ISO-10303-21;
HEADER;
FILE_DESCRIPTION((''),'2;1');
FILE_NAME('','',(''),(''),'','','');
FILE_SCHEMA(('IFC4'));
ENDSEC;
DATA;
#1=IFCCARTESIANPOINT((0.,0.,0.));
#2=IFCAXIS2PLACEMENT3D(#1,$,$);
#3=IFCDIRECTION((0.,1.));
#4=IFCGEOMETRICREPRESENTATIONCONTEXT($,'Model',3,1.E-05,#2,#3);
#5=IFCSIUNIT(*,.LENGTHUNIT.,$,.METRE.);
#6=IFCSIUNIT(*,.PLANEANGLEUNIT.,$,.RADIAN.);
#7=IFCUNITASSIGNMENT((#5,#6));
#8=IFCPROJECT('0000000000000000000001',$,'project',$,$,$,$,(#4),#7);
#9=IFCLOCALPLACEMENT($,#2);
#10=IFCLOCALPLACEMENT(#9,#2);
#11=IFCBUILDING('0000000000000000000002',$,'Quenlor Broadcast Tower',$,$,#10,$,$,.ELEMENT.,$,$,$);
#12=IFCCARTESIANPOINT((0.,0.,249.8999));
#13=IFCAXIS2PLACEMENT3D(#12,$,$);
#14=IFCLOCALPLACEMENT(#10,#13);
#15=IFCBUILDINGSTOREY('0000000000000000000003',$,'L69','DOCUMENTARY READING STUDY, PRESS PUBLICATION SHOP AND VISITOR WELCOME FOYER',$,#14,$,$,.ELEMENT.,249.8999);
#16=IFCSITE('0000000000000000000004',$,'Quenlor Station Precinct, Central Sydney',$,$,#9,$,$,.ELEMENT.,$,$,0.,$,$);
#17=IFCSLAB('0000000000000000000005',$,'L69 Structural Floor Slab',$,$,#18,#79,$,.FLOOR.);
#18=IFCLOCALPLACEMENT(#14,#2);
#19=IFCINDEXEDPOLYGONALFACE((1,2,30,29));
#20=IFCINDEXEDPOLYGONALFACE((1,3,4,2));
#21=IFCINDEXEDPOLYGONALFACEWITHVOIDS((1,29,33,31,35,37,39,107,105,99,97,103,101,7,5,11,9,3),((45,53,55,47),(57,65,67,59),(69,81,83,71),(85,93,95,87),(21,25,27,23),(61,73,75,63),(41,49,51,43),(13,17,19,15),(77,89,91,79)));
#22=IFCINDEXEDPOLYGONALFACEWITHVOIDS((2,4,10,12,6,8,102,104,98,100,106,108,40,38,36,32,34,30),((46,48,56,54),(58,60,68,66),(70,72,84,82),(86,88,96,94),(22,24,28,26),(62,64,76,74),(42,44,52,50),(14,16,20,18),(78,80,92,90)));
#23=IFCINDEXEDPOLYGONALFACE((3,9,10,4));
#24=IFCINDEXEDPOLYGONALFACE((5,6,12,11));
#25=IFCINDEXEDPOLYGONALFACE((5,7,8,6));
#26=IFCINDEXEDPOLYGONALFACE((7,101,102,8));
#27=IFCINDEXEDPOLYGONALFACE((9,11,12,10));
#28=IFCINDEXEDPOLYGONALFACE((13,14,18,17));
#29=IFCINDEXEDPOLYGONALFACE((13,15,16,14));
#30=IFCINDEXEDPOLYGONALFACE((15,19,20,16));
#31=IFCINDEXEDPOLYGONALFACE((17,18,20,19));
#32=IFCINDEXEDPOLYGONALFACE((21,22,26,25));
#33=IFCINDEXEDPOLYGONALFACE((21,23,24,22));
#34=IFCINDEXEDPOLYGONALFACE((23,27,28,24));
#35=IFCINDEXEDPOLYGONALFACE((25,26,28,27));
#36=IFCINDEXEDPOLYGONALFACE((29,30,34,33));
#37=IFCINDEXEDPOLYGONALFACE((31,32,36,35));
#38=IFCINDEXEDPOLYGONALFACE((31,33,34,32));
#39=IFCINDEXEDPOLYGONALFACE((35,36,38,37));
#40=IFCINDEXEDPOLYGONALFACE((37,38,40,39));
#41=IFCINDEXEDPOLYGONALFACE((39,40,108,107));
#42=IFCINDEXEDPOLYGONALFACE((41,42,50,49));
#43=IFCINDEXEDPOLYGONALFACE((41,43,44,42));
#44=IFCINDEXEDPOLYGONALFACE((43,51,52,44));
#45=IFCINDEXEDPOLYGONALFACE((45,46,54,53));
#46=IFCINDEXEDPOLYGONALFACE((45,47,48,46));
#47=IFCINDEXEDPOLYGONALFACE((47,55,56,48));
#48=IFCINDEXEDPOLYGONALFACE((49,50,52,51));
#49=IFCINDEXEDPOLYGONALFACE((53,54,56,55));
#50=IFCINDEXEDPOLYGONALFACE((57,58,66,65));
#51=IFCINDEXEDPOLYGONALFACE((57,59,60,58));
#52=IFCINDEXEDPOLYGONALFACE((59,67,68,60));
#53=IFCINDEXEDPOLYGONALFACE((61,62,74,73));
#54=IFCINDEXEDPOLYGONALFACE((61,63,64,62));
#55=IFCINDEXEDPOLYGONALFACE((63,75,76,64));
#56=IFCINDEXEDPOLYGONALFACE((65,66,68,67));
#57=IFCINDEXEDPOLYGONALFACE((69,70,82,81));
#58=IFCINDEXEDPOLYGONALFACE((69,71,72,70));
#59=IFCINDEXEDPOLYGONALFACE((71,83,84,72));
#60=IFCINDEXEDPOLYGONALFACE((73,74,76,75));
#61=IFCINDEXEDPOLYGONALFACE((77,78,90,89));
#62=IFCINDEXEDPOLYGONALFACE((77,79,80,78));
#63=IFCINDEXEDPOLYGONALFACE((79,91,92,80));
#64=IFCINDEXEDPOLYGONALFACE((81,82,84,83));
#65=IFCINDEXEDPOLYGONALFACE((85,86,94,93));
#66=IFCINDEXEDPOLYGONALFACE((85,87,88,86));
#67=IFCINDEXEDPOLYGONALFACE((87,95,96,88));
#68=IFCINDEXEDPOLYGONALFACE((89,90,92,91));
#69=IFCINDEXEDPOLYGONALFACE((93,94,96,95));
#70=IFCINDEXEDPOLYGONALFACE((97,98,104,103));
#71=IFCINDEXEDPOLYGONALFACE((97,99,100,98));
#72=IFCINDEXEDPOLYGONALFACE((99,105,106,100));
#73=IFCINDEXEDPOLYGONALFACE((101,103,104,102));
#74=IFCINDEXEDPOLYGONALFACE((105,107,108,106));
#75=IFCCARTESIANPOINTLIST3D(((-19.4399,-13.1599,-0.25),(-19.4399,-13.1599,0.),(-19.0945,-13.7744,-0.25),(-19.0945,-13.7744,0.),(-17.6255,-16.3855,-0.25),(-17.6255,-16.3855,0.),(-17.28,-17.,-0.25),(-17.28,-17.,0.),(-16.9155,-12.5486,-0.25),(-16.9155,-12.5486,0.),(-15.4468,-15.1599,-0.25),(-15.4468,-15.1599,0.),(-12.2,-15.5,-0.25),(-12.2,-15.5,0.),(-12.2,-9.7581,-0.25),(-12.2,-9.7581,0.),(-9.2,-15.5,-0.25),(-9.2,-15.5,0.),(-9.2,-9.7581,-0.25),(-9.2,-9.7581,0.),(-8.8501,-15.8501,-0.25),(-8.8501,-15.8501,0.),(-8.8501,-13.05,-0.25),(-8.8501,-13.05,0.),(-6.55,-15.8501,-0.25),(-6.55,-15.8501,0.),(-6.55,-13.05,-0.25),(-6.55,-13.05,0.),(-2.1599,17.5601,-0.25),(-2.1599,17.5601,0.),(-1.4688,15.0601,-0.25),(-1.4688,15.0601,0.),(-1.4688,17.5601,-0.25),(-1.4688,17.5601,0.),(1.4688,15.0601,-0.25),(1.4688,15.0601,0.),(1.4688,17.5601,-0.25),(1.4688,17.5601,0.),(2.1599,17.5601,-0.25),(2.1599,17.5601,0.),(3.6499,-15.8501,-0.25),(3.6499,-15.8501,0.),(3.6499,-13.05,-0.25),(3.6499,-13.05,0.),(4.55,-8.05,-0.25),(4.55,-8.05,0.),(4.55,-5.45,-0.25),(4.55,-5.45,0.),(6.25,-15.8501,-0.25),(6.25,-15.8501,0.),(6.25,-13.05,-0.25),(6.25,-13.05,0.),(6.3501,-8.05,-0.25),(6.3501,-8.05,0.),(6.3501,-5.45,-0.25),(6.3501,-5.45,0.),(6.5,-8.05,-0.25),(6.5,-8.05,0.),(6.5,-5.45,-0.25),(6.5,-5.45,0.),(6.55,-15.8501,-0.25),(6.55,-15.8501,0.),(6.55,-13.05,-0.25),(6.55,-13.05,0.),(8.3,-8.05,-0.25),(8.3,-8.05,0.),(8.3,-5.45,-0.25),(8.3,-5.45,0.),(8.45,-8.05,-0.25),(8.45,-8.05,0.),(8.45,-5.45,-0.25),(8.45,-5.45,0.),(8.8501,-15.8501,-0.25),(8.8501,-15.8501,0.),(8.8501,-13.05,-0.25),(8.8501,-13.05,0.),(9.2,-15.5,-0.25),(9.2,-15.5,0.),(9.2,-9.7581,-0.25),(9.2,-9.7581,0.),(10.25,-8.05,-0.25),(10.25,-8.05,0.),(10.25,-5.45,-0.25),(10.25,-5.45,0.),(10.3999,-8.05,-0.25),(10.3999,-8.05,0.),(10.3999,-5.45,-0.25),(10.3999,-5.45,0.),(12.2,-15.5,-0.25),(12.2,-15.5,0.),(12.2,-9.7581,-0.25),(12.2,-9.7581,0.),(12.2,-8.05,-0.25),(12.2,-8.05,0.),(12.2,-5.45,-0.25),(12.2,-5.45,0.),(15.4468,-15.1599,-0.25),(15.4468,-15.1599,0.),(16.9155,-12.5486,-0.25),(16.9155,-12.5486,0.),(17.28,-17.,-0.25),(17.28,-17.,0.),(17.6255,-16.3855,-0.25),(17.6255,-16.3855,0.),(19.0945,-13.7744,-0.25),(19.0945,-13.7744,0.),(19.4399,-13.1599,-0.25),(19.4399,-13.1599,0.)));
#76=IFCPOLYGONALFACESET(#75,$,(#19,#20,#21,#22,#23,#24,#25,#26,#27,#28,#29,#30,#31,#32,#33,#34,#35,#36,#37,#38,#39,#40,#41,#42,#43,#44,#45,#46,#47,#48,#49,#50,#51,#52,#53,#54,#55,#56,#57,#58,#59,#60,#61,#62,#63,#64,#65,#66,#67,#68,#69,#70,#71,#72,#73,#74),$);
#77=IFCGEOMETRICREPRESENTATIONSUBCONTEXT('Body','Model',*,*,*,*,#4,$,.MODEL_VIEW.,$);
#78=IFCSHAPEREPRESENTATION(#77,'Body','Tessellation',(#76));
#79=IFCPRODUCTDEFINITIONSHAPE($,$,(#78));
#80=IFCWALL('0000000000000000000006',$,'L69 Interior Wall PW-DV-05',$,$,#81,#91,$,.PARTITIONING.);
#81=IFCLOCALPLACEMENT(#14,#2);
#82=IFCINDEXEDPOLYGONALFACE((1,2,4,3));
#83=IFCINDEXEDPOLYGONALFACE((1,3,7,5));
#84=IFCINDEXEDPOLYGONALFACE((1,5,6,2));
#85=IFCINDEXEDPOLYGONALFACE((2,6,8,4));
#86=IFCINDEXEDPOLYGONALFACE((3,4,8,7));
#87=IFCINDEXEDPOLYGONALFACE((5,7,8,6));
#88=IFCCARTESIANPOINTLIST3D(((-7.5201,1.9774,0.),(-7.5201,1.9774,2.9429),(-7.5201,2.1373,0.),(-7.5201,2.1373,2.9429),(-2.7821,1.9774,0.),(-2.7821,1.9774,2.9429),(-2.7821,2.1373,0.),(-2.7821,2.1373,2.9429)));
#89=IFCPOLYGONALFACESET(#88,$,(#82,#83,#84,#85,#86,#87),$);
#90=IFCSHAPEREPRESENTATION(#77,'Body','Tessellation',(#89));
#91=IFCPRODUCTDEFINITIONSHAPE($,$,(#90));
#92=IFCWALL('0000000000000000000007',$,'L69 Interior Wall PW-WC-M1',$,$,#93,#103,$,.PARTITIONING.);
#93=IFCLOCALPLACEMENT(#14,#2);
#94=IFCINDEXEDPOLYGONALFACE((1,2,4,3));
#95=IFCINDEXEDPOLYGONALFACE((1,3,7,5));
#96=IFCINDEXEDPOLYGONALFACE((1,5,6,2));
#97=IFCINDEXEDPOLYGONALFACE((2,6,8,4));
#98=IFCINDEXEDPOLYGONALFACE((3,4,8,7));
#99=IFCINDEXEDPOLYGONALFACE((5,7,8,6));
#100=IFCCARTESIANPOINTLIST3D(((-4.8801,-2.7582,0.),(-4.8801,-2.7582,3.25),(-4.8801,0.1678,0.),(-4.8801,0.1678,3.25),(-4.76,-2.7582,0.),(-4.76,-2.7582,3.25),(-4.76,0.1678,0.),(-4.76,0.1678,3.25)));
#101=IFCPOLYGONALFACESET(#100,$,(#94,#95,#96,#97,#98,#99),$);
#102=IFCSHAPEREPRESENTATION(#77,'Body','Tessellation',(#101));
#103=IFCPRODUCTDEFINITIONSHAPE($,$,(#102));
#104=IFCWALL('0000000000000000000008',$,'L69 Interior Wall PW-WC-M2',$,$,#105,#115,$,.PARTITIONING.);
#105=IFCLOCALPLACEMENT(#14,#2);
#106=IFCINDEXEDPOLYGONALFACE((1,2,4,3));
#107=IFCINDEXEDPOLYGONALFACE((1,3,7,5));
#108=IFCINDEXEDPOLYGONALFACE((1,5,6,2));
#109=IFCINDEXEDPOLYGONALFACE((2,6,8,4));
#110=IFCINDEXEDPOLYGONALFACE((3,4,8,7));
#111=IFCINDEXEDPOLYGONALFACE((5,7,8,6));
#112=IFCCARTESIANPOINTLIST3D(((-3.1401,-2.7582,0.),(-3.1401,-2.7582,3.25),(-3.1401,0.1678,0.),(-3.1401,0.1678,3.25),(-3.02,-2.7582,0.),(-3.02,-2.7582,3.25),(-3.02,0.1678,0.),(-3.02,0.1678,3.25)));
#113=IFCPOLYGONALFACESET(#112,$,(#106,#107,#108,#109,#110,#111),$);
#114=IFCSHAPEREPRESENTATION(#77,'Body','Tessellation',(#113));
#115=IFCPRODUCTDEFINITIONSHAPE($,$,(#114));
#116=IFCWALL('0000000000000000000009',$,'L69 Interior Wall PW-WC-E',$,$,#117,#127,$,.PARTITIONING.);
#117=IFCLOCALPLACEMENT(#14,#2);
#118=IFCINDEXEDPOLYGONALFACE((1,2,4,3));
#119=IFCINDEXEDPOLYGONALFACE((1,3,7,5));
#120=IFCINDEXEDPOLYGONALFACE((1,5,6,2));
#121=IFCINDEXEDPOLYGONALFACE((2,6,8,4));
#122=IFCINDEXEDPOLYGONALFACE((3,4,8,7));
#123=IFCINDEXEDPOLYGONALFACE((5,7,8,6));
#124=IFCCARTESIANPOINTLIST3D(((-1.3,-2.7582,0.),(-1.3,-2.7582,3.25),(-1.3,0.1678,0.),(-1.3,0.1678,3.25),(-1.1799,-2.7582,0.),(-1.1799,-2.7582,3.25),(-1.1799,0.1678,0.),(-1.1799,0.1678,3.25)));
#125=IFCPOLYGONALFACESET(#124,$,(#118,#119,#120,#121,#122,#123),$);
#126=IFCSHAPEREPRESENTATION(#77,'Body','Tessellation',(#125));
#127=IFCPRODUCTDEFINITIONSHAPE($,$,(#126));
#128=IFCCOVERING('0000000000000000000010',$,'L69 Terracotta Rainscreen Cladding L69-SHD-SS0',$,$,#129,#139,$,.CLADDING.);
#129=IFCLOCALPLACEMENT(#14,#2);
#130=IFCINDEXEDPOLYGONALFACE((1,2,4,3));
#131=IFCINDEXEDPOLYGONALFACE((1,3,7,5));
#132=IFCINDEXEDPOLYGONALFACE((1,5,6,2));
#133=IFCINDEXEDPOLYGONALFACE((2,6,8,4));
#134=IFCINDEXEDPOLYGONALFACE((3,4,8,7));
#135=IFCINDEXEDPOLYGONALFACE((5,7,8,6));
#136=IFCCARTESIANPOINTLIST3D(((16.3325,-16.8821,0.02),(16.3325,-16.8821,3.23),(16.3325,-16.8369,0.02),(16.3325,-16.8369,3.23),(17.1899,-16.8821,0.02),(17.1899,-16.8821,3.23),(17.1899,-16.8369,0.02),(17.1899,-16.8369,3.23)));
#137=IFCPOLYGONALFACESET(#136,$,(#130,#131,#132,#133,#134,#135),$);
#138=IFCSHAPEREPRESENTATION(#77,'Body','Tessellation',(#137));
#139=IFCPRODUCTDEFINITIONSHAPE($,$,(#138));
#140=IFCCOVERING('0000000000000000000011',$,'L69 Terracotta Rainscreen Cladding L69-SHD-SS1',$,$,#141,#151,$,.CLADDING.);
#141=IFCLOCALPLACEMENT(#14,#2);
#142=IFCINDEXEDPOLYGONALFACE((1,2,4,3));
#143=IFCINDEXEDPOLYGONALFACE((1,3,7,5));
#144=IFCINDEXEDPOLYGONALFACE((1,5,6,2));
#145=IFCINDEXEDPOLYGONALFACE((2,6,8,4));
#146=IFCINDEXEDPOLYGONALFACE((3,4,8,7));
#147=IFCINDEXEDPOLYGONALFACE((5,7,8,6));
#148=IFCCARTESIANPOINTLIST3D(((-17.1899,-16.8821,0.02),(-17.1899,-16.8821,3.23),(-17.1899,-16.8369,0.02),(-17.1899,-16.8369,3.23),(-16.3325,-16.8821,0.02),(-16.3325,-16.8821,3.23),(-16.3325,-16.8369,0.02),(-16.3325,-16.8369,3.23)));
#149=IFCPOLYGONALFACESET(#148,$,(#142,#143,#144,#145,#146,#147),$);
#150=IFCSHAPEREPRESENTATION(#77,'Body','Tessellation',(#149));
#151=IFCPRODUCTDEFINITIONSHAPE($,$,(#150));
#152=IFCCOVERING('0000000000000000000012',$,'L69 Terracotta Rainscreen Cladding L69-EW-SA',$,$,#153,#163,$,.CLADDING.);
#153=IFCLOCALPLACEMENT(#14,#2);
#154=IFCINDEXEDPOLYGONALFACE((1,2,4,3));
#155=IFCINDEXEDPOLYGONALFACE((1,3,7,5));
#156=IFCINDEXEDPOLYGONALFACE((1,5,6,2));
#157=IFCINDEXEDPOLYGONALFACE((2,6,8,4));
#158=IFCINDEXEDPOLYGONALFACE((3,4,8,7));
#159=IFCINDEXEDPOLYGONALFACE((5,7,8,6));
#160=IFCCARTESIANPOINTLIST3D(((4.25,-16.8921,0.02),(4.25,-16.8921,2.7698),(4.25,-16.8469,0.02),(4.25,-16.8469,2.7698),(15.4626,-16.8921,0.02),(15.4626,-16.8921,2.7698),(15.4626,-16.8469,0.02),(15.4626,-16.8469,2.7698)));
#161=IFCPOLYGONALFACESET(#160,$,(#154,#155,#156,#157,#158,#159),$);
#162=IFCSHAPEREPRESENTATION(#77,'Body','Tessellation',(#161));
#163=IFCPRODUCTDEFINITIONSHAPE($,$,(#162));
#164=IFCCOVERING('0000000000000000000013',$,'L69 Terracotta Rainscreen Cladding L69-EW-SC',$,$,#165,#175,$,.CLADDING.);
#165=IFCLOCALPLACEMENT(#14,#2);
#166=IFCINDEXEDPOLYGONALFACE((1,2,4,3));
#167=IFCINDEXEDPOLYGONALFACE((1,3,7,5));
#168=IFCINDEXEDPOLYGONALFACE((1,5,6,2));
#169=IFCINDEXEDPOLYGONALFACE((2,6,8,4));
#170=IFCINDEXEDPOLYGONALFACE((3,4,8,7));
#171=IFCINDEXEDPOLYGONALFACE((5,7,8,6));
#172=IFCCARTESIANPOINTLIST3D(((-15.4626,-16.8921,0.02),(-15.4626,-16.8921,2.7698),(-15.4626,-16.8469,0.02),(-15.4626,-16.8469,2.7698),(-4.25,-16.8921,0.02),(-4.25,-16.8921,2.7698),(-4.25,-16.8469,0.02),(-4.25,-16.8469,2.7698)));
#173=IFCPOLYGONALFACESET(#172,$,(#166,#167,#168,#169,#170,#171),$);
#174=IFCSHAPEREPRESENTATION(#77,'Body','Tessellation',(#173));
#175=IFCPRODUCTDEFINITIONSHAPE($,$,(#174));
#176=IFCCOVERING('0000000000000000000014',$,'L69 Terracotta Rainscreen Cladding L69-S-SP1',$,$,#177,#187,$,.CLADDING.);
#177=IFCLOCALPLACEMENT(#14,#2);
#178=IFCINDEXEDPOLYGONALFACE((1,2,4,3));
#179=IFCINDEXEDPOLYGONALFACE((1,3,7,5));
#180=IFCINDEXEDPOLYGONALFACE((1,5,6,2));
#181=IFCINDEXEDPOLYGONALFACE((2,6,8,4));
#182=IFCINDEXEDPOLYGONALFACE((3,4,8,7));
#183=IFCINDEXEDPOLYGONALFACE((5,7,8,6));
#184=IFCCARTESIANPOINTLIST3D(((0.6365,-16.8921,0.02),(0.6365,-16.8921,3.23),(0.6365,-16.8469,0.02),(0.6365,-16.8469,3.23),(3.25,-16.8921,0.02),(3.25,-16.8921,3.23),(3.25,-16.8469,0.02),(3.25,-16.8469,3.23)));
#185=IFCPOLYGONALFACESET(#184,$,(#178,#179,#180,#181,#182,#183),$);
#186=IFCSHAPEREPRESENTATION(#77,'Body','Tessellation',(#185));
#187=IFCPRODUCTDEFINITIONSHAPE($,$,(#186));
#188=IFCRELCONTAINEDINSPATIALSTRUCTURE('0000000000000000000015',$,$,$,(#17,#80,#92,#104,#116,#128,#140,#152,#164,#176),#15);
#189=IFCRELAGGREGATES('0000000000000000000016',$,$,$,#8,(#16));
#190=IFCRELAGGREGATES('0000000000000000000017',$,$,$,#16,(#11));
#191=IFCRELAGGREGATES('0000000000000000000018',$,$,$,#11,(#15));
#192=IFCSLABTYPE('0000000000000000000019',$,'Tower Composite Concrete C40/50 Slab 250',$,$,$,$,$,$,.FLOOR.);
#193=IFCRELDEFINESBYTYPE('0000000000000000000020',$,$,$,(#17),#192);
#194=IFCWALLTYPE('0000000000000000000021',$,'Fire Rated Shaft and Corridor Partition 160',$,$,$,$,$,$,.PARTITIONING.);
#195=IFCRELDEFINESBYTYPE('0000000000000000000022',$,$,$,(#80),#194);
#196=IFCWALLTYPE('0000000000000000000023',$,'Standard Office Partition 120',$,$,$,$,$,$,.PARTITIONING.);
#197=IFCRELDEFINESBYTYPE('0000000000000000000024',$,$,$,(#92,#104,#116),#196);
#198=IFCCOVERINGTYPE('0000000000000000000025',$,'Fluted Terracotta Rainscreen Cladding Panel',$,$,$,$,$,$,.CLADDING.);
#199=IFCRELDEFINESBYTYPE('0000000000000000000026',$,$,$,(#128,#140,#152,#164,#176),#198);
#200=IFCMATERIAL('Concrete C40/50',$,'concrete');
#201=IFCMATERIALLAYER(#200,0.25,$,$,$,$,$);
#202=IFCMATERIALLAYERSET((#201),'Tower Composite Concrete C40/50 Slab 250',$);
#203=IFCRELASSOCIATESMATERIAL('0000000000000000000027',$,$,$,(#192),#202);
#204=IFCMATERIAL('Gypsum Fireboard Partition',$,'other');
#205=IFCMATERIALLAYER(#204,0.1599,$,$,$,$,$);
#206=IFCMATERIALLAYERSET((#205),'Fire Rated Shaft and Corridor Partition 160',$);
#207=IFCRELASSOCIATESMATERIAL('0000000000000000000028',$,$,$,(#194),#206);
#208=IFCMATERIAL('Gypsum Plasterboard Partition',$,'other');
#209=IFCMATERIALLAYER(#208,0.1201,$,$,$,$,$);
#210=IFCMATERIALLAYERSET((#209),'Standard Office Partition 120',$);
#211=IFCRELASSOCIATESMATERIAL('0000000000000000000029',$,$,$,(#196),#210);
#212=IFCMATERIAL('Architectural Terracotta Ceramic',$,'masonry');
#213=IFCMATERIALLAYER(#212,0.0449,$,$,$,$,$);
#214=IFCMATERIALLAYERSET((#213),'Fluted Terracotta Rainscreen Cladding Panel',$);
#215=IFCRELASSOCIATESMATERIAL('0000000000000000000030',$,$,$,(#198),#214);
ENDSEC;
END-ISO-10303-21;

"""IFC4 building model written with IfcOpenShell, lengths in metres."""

from ifc_helpers import new_model, si_unit, direction, frame, frame_2d, origin, place, context, subcontext, project, spatial, polyline, rectangle, outline, extrude, material, layer, layer_set, type_object, element, save


model = new_model("IFC4")

# Units and contexts
model_context = context("Model", 3, precision=1e-05, world=origin(), true_north=direction((0.0, 1.0)))
body_context = subcontext(model_context, "Body", "Model", "MODEL_VIEW")
ifc_project = project(units=[si_unit("LENGTHUNIT", "METRE"), si_unit("PLANEANGLEUNIT", "RADIAN")], contexts=[model_context])

# Site, building, storey
site_placement = place(None, origin())
site = spatial("IfcSite", under=ifc_project, at=site_placement, Name="Quenlor Station Precinct, Central Sydney", CompositionType="ELEMENT", RefElevation=0.0)
building_placement = place(site_placement, origin())
building = spatial("IfcBuilding", under=site, at=building_placement, Name="Quenlor Broadcast Tower", CompositionType="ELEMENT")
storey_placement = place(building_placement, frame((0.0, 0.0, 249.8999)))
storey = spatial("IfcBuildingStorey", under=building, at=storey_placement, Name="L69", Description="DOCUMENTARY READING STUDY, PRESS PUBLICATION SHOP AND VISITOR WELCOME FOYER", CompositionType="ELEMENT", Elevation=249.8999)

# Slab
ifc_material_1 = material(Name="Concrete C40/50", Category="concrete")
ifc_layer_1 = layer(ifc_material_1, 0.25)
ifc_layer_set_1 = layer_set([ifc_layer_1], Name="Tower Composite Concrete C40/50 Slab 250")
slab_type = type_object("IfcSlabType", Name="Tower Composite Concrete C40/50 Slab 250", PredefinedType="FLOOR", material=ifc_layer_set_1)
slab_placement = place(storey_placement, frame((0.0, 0.0, -0.25)))
element("IfcSlab", 1, at=slab_placement, inside=storey, type_object=slab_type, Name="L69 Structural Floor Slab", PredefinedType="FLOOR", context=body_context, shape_type="SweptSolid", body=[
    extrude(outline(polyline([(17.28, -17.0), (17.6255, -16.3855), (15.4468, -15.1599), (16.9155, -12.5486), (19.0945, -13.7744), (19.4399, -13.1599), (2.1599, 17.5601), (1.4688, 17.5601), (1.4688, 15.0601), (-1.4688, 15.0601), (-1.4688, 17.5601), (-2.1599, 17.5601), (-19.4399, -13.1599), (-19.0945, -13.7744), (-16.9155, -12.5486), (-15.4468, -15.1599), (-17.6255, -16.3855), (-17.28, -17.0), (17.28, -17.0)]), holes=[polyline([(-12.2, -9.7581), (-12.2, -15.5), (-9.2, -15.5), (-9.2, -9.7581), (-12.2, -9.7581)]), polyline([(9.2, -9.7581), (9.2, -15.5), (12.2, -15.5), (12.2, -9.7581), (9.2, -9.7581)]), polyline([(4.55, -8.05), (6.3501, -8.05), (6.3501, -5.45), (4.55, -5.45), (4.55, -8.05)]), polyline([(6.5, -8.05), (8.3, -8.05), (8.3, -5.45), (6.5, -5.45), (6.5, -8.05)]), polyline([(8.45, -8.05), (10.25, -8.05), (10.25, -5.45), (8.45, -5.45), (8.45, -8.05)]), polyline([(10.3999, -8.05), (12.2, -8.05), (12.2, -5.45), (10.3999, -5.45), (10.3999, -8.05)]), polyline([(-8.8501, -15.8501), (-6.55, -15.8501), (-6.55, -13.05), (-8.8501, -13.05), (-8.8501, -15.8501)]), polyline([(6.55, -15.8501), (8.8501, -15.8501), (8.8501, -13.05), (6.55, -13.05), (6.55, -15.8501)]), polyline([(3.6499, -15.8501), (6.25, -15.8501), (6.25, -13.05), (3.6499, -13.05), (3.6499, -15.8501)])]), origin(), (0.0, 0.0, 1.0), 0.25),
])

# Walls
ifc_material_2 = material(Name="Gypsum Fireboard Partition", Category="other")
ifc_layer_2 = layer(ifc_material_2, 0.1599)
ifc_layer_set_2 = layer_set([ifc_layer_2], Name="Fire Rated Shaft and Corridor Partition 160")
wall_type_1 = type_object("IfcWallType", Name="Fire Rated Shaft and Corridor Partition 160", PredefinedType="PARTITIONING", material=ifc_layer_set_2)
wall_1_placement = place(storey_placement, frame((-2.782, 2.0574, 0.0), z_axis=(0.0, 0.0, 1.0), x_axis=(-1.0, 0.0, 0.0)))
element("IfcWall", 2, at=wall_1_placement, inside=storey, type_object=wall_type_1, Name="L69 Interior Wall PW-DV-05", PredefinedType="PARTITIONING", context=body_context, shape_type="SweptSolid", body=[
    extrude(rectangle(XDim=4.738, YDim=0.1599, at=frame_2d((2.3691, 0.0))), origin(), (0.0, 0.0, 1.0), 2.9429),
])
ifc_material_3 = material(Name="Gypsum Plasterboard Partition", Category="other")
ifc_layer_3 = layer(ifc_material_3, 0.1201)
ifc_layer_set_3 = layer_set([ifc_layer_3], Name="Standard Office Partition 120")
wall_type_2 = type_object("IfcWallType", Name="Standard Office Partition 120", PredefinedType="PARTITIONING", material=ifc_layer_set_3)
for number, where, z_axis, x_axis, name in (
    (3, (-4.8201, -2.7581, 0.0), (0.0, 0.0, 1.0), (0.0, 1.0, 0.0), "L69 Interior Wall PW-WC-M1"),
    (4, (-3.0801, -2.7581, 0.0), (0.0, 0.0, 1.0), (0.0, 1.0, 0.0), "L69 Interior Wall PW-WC-M2"),
    (5, (-1.24, -2.7581, 0.0), (0.0, 0.0, 1.0), (0.0, 1.0, 0.0), "L69 Interior Wall PW-WC-E"),
):
    element("IfcWall", number, at=place(storey_placement, frame(where, z_axis=z_axis, x_axis=x_axis)), inside=storey, type_object=wall_type_2, Name=name, PredefinedType="PARTITIONING", context=body_context, shape_type="SweptSolid", body=[
        extrude(rectangle(XDim=2.926, YDim=0.1201, at=frame_2d((1.4629, 0.0))), origin(), (0.0, 0.0, 1.0), 3.25),
    ])

# Coverings
ifc_material_4 = material(Name="Architectural Terracotta Ceramic", Category="masonry")
ifc_layer_4 = layer(ifc_material_4, 0.0449)
ifc_layer_set_4 = layer_set([ifc_layer_4], Name="Fluted Terracotta Rainscreen Cladding Panel")
covering_type = type_object("IfcCoveringType", Name="Fluted Terracotta Rainscreen Cladding Panel", PredefinedType="CLADDING", material=ifc_layer_set_4)
covering_1_placement = place(storey_placement, frame((0.0, 0.0, 0.02)))
element("IfcCovering", 6, at=covering_1_placement, inside=storey, type_object=covering_type, Name="L69 Terracotta Rainscreen Cladding L69-SHD-SS0", PredefinedType="CLADDING", context=body_context, shape_type="SweptSolid", body=[
    extrude(outline(polyline([(17.1899, -16.8369), (16.3325, -16.8369), (16.3325, -16.8821), (17.1899, -16.8821), (17.1899, -16.8369)])), origin(), (0.0, 0.0, 1.0), 3.21),
])
covering_2_placement = place(storey_placement, frame((0.0, 0.0, 0.02)))
element("IfcCovering", 7, at=covering_2_placement, inside=storey, type_object=covering_type, Name="L69 Terracotta Rainscreen Cladding L69-SHD-SS1", PredefinedType="CLADDING", context=body_context, shape_type="SweptSolid", body=[
    extrude(outline(polyline([(-16.3325, -16.8369), (-17.1899, -16.8369), (-17.1899, -16.8821), (-16.3325, -16.8821), (-16.3325, -16.8369)])), origin(), (0.0, 0.0, 1.0), 3.21),
])
covering_3_placement = place(storey_placement, frame((0.0, 0.0, 0.02)))
element("IfcCovering", 8, at=covering_3_placement, inside=storey, type_object=covering_type, Name="L69 Terracotta Rainscreen Cladding L69-EW-SA", PredefinedType="CLADDING", context=body_context, shape_type="SweptSolid", body=[
    extrude(outline(polyline([(15.4626, -16.8469), (4.25, -16.8469), (4.25, -16.8921), (15.4626, -16.8921), (15.4626, -16.8469)])), origin(), (0.0, 0.0, 1.0), 2.7498),
])
covering_4_placement = place(storey_placement, frame((0.0, 0.0, 0.02)))
element("IfcCovering", 9, at=covering_4_placement, inside=storey, type_object=covering_type, Name="L69 Terracotta Rainscreen Cladding L69-EW-SC", PredefinedType="CLADDING", context=body_context, shape_type="SweptSolid", body=[
    extrude(outline(polyline([(-4.25, -16.8469), (-15.4626, -16.8469), (-15.4626, -16.8921), (-4.25, -16.8921), (-4.25, -16.8469)])), origin(), (0.0, 0.0, 1.0), 2.7498),
])
covering_5_placement = place(storey_placement, frame((0.0, 0.0, 0.02)))
element("IfcCovering", 10, at=covering_5_placement, inside=storey, type_object=covering_type, Name="L69 Terracotta Rainscreen Cladding L69-S-SP1", PredefinedType="CLADDING", context=body_context, shape_type="SweptSolid", body=[
    extrude(outline(polyline([(3.25, -16.8469), (0.6365, -16.8469), (0.6365, -16.8921), (3.25, -16.8921), (3.25, -16.8469)])), origin(), (0.0, 0.0, 1.0), 3.21),
])

save(model, "model.ifc")
